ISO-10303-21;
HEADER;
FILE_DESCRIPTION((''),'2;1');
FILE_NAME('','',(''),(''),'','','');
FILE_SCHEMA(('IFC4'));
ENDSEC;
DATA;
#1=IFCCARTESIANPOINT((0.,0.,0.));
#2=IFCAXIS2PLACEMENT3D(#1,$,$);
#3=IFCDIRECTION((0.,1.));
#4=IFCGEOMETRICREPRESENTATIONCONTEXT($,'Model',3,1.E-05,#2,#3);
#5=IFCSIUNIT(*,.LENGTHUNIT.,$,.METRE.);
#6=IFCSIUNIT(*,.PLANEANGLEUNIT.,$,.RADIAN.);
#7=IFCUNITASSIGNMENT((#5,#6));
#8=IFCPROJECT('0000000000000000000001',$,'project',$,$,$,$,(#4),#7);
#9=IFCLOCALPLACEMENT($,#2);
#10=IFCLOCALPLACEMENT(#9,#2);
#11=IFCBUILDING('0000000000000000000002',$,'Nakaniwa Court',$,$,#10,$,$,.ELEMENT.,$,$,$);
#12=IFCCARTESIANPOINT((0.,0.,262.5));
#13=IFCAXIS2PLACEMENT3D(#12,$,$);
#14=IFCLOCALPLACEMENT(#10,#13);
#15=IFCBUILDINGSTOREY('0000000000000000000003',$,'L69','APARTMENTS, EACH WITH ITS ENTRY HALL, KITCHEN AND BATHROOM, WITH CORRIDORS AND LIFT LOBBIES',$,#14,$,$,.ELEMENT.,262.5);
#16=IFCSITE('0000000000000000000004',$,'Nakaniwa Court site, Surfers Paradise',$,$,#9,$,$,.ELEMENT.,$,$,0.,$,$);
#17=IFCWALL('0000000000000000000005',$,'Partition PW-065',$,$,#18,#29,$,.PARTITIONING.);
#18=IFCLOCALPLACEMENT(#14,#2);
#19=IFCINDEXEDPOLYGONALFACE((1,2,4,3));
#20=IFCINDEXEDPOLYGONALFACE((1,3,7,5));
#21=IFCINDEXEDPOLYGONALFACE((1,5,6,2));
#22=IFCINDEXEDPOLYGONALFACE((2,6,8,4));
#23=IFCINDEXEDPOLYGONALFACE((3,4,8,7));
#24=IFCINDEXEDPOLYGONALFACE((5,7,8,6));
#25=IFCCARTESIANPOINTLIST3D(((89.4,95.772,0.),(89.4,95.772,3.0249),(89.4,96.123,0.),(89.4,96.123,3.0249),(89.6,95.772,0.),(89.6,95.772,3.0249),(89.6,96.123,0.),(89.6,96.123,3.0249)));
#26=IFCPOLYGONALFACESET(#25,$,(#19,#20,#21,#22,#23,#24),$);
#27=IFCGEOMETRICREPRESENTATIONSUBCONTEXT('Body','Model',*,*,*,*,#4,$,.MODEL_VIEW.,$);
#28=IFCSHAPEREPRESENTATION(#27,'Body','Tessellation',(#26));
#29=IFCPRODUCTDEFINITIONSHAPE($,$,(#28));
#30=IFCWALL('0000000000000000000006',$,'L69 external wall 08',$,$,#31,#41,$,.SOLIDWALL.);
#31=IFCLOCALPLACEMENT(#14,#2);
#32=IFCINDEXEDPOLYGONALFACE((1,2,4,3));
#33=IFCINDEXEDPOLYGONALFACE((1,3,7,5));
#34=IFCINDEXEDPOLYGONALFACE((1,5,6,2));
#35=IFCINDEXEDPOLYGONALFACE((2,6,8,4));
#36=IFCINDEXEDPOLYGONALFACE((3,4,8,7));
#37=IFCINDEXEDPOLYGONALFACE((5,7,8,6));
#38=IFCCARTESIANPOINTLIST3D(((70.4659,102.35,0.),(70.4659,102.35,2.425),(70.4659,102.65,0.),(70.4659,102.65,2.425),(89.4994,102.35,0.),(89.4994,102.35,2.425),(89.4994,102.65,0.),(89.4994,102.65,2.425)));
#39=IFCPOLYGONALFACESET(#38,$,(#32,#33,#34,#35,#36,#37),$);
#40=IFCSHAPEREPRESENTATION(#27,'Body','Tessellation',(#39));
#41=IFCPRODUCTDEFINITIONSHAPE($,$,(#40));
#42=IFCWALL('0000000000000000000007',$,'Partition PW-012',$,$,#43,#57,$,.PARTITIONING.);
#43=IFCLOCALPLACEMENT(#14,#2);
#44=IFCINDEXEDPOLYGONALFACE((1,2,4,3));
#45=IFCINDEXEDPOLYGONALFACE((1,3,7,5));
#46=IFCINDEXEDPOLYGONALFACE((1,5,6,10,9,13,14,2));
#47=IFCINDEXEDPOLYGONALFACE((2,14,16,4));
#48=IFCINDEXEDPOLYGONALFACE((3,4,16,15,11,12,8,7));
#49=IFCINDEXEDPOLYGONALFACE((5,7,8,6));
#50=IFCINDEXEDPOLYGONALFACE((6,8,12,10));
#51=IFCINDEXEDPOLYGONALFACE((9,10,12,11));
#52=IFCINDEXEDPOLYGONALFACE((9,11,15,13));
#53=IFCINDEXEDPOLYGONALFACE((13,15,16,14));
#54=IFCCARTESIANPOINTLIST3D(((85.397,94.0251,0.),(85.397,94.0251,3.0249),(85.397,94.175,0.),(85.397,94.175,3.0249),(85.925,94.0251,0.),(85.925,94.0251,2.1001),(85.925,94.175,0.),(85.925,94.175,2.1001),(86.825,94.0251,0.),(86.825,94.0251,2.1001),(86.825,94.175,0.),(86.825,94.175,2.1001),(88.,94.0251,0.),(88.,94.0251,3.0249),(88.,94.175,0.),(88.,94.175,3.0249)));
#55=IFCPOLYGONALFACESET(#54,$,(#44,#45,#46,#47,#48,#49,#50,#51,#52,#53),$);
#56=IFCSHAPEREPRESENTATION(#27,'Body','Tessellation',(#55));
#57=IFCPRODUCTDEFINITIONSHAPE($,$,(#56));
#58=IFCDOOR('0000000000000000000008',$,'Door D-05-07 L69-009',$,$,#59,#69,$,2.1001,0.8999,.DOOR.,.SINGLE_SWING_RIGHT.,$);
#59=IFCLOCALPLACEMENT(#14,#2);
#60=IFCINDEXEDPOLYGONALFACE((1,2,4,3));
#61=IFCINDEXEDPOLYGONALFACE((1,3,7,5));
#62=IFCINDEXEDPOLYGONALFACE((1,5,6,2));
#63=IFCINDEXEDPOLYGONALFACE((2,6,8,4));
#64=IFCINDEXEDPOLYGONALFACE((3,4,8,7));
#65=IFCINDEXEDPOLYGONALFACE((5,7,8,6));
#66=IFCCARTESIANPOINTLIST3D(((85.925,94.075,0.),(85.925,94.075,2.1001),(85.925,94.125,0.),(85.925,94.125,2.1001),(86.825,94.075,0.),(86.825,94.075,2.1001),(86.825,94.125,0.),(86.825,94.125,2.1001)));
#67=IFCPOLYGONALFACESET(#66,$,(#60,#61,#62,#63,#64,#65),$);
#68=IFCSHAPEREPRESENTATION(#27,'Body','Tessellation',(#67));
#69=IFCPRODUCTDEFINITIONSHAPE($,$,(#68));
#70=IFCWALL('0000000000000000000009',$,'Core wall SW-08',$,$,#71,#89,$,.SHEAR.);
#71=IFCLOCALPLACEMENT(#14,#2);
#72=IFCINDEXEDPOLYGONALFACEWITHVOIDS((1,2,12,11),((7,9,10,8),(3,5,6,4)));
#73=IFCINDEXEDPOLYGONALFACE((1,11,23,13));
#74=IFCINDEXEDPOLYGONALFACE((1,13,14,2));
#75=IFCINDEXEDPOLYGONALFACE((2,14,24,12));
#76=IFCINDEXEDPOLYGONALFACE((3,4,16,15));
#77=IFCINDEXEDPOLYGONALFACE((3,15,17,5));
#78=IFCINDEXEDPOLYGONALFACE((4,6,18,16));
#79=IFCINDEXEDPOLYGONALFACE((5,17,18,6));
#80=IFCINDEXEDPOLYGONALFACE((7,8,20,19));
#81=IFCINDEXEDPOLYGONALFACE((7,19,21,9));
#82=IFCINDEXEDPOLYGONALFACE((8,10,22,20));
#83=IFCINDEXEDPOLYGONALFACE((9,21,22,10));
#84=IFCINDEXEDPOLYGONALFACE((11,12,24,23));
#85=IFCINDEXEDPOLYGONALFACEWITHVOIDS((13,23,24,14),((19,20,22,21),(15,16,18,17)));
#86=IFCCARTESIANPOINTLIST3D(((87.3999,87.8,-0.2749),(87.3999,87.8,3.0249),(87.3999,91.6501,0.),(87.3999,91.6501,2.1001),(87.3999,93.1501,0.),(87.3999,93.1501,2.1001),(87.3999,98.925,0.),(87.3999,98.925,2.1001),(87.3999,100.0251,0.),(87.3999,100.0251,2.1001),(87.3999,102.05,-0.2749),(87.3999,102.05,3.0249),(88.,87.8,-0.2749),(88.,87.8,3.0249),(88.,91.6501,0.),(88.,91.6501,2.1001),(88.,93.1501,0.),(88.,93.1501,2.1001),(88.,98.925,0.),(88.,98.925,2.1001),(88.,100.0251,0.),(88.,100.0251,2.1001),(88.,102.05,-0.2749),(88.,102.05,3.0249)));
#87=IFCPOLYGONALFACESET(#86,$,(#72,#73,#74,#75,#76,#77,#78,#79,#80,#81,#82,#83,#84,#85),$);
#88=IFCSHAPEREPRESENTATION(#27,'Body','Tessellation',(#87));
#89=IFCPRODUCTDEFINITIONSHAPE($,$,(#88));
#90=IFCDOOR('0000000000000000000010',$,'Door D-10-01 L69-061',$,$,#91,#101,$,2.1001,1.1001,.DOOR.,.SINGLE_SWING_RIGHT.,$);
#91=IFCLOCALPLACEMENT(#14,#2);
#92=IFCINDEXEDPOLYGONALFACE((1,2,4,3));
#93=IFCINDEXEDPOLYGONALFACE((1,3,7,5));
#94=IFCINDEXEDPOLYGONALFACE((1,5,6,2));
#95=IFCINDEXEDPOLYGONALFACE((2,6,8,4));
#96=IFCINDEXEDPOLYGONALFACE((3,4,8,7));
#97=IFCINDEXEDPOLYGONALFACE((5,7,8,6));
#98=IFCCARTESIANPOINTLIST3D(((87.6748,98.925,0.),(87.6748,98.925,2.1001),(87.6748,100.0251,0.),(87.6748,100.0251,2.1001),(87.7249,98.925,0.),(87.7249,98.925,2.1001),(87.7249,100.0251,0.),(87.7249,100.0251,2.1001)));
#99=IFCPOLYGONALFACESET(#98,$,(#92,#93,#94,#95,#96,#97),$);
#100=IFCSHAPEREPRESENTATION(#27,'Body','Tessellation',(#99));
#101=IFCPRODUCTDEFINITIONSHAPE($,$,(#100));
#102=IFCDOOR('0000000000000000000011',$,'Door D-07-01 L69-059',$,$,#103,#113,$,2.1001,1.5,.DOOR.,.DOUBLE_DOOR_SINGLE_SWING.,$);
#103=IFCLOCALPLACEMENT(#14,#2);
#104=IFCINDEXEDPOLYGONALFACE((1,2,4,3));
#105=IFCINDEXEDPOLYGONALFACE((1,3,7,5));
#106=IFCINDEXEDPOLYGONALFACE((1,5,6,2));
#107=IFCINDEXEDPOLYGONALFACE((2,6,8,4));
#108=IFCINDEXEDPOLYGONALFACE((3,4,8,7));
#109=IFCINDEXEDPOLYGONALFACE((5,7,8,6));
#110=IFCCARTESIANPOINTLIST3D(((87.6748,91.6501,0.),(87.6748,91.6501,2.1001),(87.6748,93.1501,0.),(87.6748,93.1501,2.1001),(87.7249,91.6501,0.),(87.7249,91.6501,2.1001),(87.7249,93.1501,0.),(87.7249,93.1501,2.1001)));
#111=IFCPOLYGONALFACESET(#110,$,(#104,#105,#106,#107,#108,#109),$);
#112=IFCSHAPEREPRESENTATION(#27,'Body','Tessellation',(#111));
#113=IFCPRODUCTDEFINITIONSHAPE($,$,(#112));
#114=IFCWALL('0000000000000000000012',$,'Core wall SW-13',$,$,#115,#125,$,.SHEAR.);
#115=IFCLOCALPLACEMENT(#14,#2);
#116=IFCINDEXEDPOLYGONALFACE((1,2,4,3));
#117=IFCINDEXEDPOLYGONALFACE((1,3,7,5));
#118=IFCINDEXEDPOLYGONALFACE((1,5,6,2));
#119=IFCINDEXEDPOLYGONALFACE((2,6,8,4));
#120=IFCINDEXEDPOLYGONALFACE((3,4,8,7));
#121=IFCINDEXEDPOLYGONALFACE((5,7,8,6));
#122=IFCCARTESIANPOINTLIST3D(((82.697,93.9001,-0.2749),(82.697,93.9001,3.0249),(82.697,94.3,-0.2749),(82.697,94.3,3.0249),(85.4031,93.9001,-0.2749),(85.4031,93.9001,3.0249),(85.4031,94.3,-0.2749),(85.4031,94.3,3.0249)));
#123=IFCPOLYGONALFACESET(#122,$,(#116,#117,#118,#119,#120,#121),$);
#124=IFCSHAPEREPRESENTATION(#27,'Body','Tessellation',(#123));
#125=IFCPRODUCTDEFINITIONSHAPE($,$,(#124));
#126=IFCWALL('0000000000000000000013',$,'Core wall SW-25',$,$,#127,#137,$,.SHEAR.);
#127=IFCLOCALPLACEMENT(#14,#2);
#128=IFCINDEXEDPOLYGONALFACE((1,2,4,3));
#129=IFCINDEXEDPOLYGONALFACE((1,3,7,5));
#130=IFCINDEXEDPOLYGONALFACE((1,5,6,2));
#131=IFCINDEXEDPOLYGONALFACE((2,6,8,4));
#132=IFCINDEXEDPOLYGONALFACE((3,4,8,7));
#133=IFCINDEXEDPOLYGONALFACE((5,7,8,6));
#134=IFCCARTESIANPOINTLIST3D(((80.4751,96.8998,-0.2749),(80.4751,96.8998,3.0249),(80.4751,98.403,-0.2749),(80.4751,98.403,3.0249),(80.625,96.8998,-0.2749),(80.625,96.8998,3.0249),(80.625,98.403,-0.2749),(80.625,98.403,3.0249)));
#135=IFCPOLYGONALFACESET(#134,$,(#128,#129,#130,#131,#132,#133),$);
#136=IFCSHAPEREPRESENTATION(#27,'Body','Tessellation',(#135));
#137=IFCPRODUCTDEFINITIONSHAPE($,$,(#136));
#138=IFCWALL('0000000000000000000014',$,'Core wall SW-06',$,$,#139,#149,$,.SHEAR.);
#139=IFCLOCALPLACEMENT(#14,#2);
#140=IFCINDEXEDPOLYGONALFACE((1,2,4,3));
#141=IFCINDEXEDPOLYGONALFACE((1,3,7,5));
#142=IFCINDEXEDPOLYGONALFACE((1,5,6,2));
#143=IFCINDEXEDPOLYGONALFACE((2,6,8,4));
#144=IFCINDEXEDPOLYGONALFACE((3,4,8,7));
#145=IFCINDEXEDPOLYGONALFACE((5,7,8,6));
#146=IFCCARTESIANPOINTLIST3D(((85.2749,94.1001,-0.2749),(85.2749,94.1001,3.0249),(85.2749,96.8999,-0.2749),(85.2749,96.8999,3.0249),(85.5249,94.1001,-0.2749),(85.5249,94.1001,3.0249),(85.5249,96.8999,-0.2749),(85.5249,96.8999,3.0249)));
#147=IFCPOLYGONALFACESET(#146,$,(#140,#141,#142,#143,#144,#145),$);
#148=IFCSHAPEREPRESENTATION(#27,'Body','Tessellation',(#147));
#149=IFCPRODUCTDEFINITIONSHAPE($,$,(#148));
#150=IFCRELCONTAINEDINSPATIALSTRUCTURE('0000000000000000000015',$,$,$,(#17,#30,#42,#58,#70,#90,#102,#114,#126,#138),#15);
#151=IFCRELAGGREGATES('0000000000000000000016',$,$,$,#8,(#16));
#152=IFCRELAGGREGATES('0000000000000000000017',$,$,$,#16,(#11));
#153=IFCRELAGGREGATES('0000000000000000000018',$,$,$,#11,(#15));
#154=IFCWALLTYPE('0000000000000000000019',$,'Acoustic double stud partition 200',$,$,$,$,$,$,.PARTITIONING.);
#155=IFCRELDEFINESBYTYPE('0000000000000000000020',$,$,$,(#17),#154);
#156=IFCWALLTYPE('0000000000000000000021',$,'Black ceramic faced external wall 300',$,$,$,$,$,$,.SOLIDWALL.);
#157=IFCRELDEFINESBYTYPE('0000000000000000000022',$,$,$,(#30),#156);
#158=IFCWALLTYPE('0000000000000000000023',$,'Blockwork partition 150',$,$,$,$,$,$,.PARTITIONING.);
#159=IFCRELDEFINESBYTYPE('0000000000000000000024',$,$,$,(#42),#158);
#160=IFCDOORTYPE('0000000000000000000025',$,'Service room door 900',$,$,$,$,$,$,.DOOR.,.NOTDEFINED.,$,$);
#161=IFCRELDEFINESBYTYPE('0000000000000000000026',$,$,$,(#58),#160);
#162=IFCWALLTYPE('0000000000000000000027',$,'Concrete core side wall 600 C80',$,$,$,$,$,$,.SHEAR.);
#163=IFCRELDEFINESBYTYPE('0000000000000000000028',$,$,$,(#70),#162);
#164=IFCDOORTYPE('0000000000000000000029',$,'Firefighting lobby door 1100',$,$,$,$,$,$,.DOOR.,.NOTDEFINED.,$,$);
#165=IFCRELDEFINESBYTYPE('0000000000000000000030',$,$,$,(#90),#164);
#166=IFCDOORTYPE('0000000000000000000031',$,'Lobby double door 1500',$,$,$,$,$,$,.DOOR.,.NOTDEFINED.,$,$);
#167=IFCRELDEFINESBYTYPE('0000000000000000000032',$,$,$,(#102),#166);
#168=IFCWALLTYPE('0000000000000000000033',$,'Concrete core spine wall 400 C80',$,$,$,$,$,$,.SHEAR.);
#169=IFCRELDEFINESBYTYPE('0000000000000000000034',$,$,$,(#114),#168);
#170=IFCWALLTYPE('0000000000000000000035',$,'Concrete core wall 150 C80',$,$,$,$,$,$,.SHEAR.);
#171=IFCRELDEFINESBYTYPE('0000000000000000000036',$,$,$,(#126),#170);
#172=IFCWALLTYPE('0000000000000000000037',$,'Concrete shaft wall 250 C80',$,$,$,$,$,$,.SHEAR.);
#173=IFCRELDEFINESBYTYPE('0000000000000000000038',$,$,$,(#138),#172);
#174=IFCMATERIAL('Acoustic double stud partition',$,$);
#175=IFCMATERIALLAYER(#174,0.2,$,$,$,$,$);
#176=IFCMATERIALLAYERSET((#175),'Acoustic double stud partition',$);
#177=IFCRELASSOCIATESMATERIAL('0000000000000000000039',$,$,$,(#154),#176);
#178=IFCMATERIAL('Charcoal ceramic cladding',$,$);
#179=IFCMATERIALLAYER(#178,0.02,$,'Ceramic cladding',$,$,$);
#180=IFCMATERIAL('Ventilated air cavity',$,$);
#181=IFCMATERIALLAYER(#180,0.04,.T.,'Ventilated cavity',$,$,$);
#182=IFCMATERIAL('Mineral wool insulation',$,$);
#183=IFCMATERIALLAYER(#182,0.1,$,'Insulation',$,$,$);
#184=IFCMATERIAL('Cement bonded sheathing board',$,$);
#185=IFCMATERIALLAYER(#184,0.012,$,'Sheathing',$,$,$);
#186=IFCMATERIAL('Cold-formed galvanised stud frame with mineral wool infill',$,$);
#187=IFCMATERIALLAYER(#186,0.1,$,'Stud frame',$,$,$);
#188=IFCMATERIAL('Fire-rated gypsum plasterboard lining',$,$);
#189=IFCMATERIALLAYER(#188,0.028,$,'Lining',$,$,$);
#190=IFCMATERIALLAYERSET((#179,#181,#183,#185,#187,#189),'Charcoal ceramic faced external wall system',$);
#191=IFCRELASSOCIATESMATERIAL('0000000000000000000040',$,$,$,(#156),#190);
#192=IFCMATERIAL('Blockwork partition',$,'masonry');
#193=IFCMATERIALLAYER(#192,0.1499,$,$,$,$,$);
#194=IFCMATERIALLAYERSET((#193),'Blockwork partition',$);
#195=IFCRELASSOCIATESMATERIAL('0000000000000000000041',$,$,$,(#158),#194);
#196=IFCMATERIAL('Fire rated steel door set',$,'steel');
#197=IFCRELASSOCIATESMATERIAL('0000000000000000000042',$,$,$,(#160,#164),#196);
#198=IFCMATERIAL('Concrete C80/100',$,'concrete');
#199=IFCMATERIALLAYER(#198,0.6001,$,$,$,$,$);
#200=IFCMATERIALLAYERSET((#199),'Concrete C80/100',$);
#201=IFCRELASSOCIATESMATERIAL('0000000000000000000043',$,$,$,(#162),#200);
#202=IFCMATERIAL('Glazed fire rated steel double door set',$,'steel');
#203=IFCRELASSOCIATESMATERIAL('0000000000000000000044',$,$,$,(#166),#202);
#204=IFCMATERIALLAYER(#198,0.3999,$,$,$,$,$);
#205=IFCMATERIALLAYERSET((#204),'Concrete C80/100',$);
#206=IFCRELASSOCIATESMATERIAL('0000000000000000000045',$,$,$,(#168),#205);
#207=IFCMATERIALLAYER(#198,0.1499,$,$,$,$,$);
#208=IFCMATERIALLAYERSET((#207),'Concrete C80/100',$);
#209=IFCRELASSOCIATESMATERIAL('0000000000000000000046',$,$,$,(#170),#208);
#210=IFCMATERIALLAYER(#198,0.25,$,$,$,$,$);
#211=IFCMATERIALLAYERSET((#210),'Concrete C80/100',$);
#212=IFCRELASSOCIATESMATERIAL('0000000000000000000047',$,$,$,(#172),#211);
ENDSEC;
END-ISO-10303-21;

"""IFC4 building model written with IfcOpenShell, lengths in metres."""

from ifc_helpers import new_model, si_unit, direction, frame, frame_2d, origin, place, context, subcontext, project, spatial, rectangle, extrude, material, layer, layer_set, type_object, element, fill, save


model = new_model("IFC4")

# Units and contexts
model_context = context("Model", 3, precision=1e-05, world=origin(), true_north=direction((0.0, 1.0)))
body_context = subcontext(model_context, "Body", "Model", "MODEL_VIEW")
ifc_project = project(units=[si_unit("LENGTHUNIT", "METRE"), si_unit("PLANEANGLEUNIT", "RADIAN")], contexts=[model_context])

# Site, building, storey
site_placement = place(None, origin())
site = spatial("IfcSite", under=ifc_project, at=site_placement, Name="Nakaniwa Court site, Surfers Paradise", CompositionType="ELEMENT", RefElevation=0.0)
building_placement = place(site_placement, origin())
building = spatial("IfcBuilding", under=site, at=building_placement, Name="Nakaniwa Court", CompositionType="ELEMENT")
storey_placement = place(building_placement, frame((0.0, 0.0, 262.5)))
storey = spatial("IfcBuildingStorey", under=building, at=storey_placement, Name="L69", Description="APARTMENTS, EACH WITH ITS ENTRY HALL, KITCHEN AND BATHROOM, WITH CORRIDORS AND LIFT LOBBIES", CompositionType="ELEMENT", Elevation=262.5)

# Walls
ifc_material_1 = material(Name="Acoustic double stud partition")
ifc_layer_1 = layer(ifc_material_1, 0.2)
ifc_layer_set_1 = layer_set([ifc_layer_1], Name="Acoustic double stud partition")
wall_type_1 = type_object("IfcWallType", Name="Acoustic double stud partition 200", PredefinedType="PARTITIONING", material=ifc_layer_set_1)
wall_1_placement = place(storey_placement, frame((89.5, 95.772, 0.0), z_axis=(0.0, 0.0, 1.0), x_axis=(0.0, 1.0, 0.0)))
element("IfcWall", 1, at=wall_1_placement, inside=storey, type_object=wall_type_1, Name="Partition PW-065", PredefinedType="PARTITIONING", context=body_context, shape_type="SweptSolid", body=[
    extrude(rectangle(XDim=0.3511, YDim=0.2, at=frame_2d((0.1755, 0.0))), origin(), (0.0, 0.0, 1.0), 3.0249),
])
ifc_material_2 = material(Name="Charcoal ceramic cladding")
ifc_layer_2 = layer(ifc_material_2, 0.02, Name="Ceramic cladding")
ifc_material_3 = material(Name="Ventilated air cavity")
ifc_layer_3 = layer(ifc_material_3, 0.04, ventilated=True, Name="Ventilated cavity")
ifc_material_4 = material(Name="Mineral wool insulation")
ifc_layer_4 = layer(ifc_material_4, 0.1, Name="Insulation")
ifc_material_5 = material(Name="Cement bonded sheathing board")
ifc_layer_5 = layer(ifc_material_5, 0.012, Name="Sheathing")
ifc_material_6 = material(Name="Cold-formed galvanised stud frame with mineral wool infill")
ifc_layer_6 = layer(ifc_material_6, 0.1, Name="Stud frame")
ifc_material_7 = material(Name="Fire-rated gypsum plasterboard lining")
ifc_layer_7 = layer(ifc_material_7, 0.028, Name="Lining")
ifc_layer_set_2 = layer_set([ifc_layer_2, ifc_layer_3, ifc_layer_4, ifc_layer_5, ifc_layer_6, ifc_layer_7], Name="Charcoal ceramic faced external wall system")
wall_type_2 = type_object("IfcWallType", Name="Black ceramic faced external wall 300", PredefinedType="SOLIDWALL", material=ifc_layer_set_2)
wall_2_placement = place(storey_placement, frame((89.4993, 102.5, 0.0), z_axis=(0.0, 0.0, 1.0), x_axis=(-1.0, 0.0, 0.0)))
element("IfcWall", 2, at=wall_2_placement, inside=storey, type_object=wall_type_2, Name="L69 external wall 08", PredefinedType="SOLIDWALL", context=body_context, shape_type="SweptSolid", body=[
    extrude(rectangle(XDim=19.0334, YDim=0.3, at=frame_2d((9.5166, 0.0))), origin(), (0.0, 0.0, 1.0), 2.425),
])

# Wall, opening, door
ifc_material_8 = material(Name="Blockwork partition", Category="masonry")
ifc_layer_8 = layer(ifc_material_8, 0.1499)
ifc_layer_set_3 = layer_set([ifc_layer_8], Name="Blockwork partition")
wall_type_3 = type_object("IfcWallType", Name="Blockwork partition 150", PredefinedType="PARTITIONING", material=ifc_layer_set_3)
wall_3_placement = place(storey_placement, frame((85.397, 94.1001, 0.0), z_axis=(0.0, 0.0, 1.0), x_axis=(1.0, 0.0, 0.0)))
wall_3 = element("IfcWall", 3, at=wall_3_placement, inside=storey, type_object=wall_type_3, Name="Partition PW-012", PredefinedType="PARTITIONING", context=body_context, shape_type="SweptSolid", body=[
    extrude(rectangle(XDim=2.603, YDim=0.1499, at=frame_2d((1.3015, 0.0))), origin(), (0.0, 0.0, 1.0), 3.0249),
])
opening_1_placement = place(wall_3_placement, frame((0.5281, 0.0, 0.0)))
opening_1 = element("IfcOpeningElement", 4, at=opening_1_placement, cuts=wall_3, PredefinedType="OPENING", context=body_context, shape_type="SweptSolid", body=[
    extrude(rectangle(XDim=0.8999, YDim=2.1001, at=frame_2d((0.45, 1.05))), frame((0.0, 0.085, 0.0), z_axis=(0.0, -1.0, 0.0), x_axis=(1.0, 0.0, 0.0)), (0.0, 0.0, 1.0), 0.1699),
])
ifc_material_9 = material(Name="Fire rated steel door set", Category="steel")
door_type_1 = type_object("IfcDoorType", Name="Service room door 900", OperationType="NOTDEFINED", PredefinedType="DOOR", material=ifc_material_9)
door_1_placement = place(opening_1_placement, origin())
door_1 = element("IfcDoor", 5, at=door_1_placement, inside=storey, type_object=door_type_1, Name="Door D-05-07 L69-009", OperationType="SINGLE_SWING_RIGHT", OverallHeight=2.1001, OverallWidth=0.8999, PredefinedType="DOOR", context=body_context, shape_type="SweptSolid", body=[
    extrude(rectangle(XDim=0.8999, YDim=2.1001, at=frame_2d((0.45, 1.05))), frame((0.0, 0.0249, 0.0), z_axis=(0.0, -1.0, 0.0), x_axis=(1.0, 0.0, 0.0)), (0.0, 0.0, 1.0), 0.05),
])
fill(opening_1, door_1)

# Wall, openings, doors
ifc_material_10 = material(Name="Concrete C80/100", Category="concrete")
ifc_layer_9 = layer(ifc_material_10, 0.6001)
ifc_layer_set_4 = layer_set([ifc_layer_9], Name="Concrete C80/100")
wall_type_4 = type_object("IfcWallType", Name="Concrete core side wall 600 C80", PredefinedType="SHEAR", material=ifc_layer_set_4)
wall_4_placement = place(storey_placement, frame((87.7, 102.05, -0.2749), z_axis=(0.0, 0.0, 1.0), x_axis=(0.0, -1.0, 0.0)))
wall_4 = element("IfcWall", 6, at=wall_4_placement, inside=storey, type_object=wall_type_4, Name="Core wall SW-08", PredefinedType="SHEAR", context=body_context, shape_type="SweptSolid", body=[
    extrude(rectangle(XDim=14.25, YDim=0.6001, at=frame_2d((7.125, 0.0))), origin(), (0.0, 0.0, 1.0), 3.2998),
])
opening_2_placement = place(wall_4_placement, frame((8.8999, 0.0, 0.2749)))
opening_2 = element("IfcOpeningElement", 7, at=opening_2_placement, cuts=wall_4, PredefinedType="OPENING", context=body_context, shape_type="SweptSolid", body=[
    extrude(rectangle(XDim=1.5, YDim=2.1001, at=frame_2d((0.75, 1.05))), frame((0.0, 0.3101, 0.0), z_axis=(0.0, -1.0, 0.0), x_axis=(1.0, 0.0, 0.0)), (0.0, 0.0, 1.0), 0.6201),
])
opening_3_placement = place(wall_4_placement, frame((2.0249, 0.0, 0.2749)))
opening_3 = element("IfcOpeningElement", 8, at=opening_3_placement, cuts=wall_4, PredefinedType="OPENING", context=body_context, shape_type="SweptSolid", body=[
    extrude(rectangle(XDim=1.1001, YDim=2.1001, at=frame_2d((0.55, 1.05))), frame((0.0, 0.3101, 0.0), z_axis=(0.0, -1.0, 0.0), x_axis=(1.0, 0.0, 0.0)), (0.0, 0.0, 1.0), 0.6201),
])
door_type_2 = type_object("IfcDoorType", Name="Firefighting lobby door 1100", OperationType="NOTDEFINED", PredefinedType="DOOR", material=ifc_material_9)
door_2_placement = place(opening_3_placement, origin())
door_2 = element("IfcDoor", 9, at=door_2_placement, inside=storey, type_object=door_type_2, Name="Door D-10-01 L69-061", OperationType="SINGLE_SWING_RIGHT", OverallHeight=2.1001, OverallWidth=1.1001, PredefinedType="DOOR", context=body_context, shape_type="SweptSolid", body=[
    extrude(rectangle(XDim=1.1001, YDim=2.1001, at=frame_2d((0.55, 1.05))), frame((0.0, 0.0249, 0.0), z_axis=(0.0, -1.0, 0.0), x_axis=(1.0, 0.0, 0.0)), (0.0, 0.0, 1.0), 0.05),
])
fill(opening_3, door_2)
ifc_material_11 = material(Name="Glazed fire rated steel double door set", Category="steel")
door_type_3 = type_object("IfcDoorType", Name="Lobby double door 1500", OperationType="NOTDEFINED", PredefinedType="DOOR", material=ifc_material_11)
door_3_placement = place(opening_2_placement, origin())
door_3 = element("IfcDoor", 10, at=door_3_placement, inside=storey, type_object=door_type_3, Name="Door D-07-01 L69-059", OperationType="DOUBLE_DOOR_SINGLE_SWING", OverallHeight=2.1001, OverallWidth=1.5, PredefinedType="DOOR", context=body_context, shape_type="SweptSolid", body=[
    extrude(rectangle(XDim=1.5, YDim=2.1001, at=frame_2d((0.75, 1.05))), frame((0.0, 0.0249, 0.0), z_axis=(0.0, -1.0, 0.0), x_axis=(1.0, 0.0, 0.0)), (0.0, 0.0, 1.0), 0.05),
])
fill(opening_2, door_3)

# Walls
ifc_layer_10 = layer(ifc_material_10, 0.3999)
ifc_layer_set_5 = layer_set([ifc_layer_10], Name="Concrete C80/100")
wall_type_5 = type_object("IfcWallType", Name="Concrete core spine wall 400 C80", PredefinedType="SHEAR", material=ifc_layer_set_5)
wall_5_placement = place(storey_placement, frame((82.697, 94.1001, -0.2749), z_axis=(0.0, 0.0, 1.0), x_axis=(1.0, 0.0, 0.0)))
element("IfcWall", 11, at=wall_5_placement, inside=storey, type_object=wall_type_5, Name="Core wall SW-13", PredefinedType="SHEAR", context=body_context, shape_type="SweptSolid", body=[
    extrude(rectangle(XDim=2.7061, YDim=0.3999, at=frame_2d((1.353, 0.0))), origin(), (0.0, 0.0, 1.0), 3.2998),
])
ifc_layer_11 = layer(ifc_material_10, 0.1499)
ifc_layer_set_6 = layer_set([ifc_layer_11], Name="Concrete C80/100")
wall_type_6 = type_object("IfcWallType", Name="Concrete core wall 150 C80", PredefinedType="SHEAR", material=ifc_layer_set_6)
wall_6_placement = place(storey_placement, frame((80.55, 96.8999, -0.2749), z_axis=(0.0, 0.0, 1.0), x_axis=(0.0, 1.0, 0.0)))
element("IfcWall", 12, at=wall_6_placement, inside=storey, type_object=wall_type_6, Name="Core wall SW-25", PredefinedType="SHEAR", context=body_context, shape_type="SweptSolid", body=[
    extrude(rectangle(XDim=1.5032, YDim=0.1499, at=frame_2d((0.7515, 0.0))), origin(), (0.0, 0.0, 1.0), 3.2998),
])
ifc_layer_12 = layer(ifc_material_10, 0.25)
ifc_layer_set_7 = layer_set([ifc_layer_12], Name="Concrete C80/100")
wall_type_7 = type_object("IfcWallType", Name="Concrete shaft wall 250 C80", PredefinedType="SHEAR", material=ifc_layer_set_7)
wall_7_placement = place(storey_placement, frame((85.3999, 94.1001, -0.2749), z_axis=(0.0, 0.0, 1.0), x_axis=(0.0, 1.0, 0.0)))
element("IfcWall", 13, at=wall_7_placement, inside=storey, type_object=wall_type_7, Name="Core wall SW-06", PredefinedType="SHEAR", context=body_context, shape_type="SweptSolid", body=[
    extrude(rectangle(XDim=2.7998, YDim=0.25, at=frame_2d((1.3999, 0.0))), origin(), (0.0, 0.0, 1.0), 3.2998),
])

save(model, "model.ifc")
